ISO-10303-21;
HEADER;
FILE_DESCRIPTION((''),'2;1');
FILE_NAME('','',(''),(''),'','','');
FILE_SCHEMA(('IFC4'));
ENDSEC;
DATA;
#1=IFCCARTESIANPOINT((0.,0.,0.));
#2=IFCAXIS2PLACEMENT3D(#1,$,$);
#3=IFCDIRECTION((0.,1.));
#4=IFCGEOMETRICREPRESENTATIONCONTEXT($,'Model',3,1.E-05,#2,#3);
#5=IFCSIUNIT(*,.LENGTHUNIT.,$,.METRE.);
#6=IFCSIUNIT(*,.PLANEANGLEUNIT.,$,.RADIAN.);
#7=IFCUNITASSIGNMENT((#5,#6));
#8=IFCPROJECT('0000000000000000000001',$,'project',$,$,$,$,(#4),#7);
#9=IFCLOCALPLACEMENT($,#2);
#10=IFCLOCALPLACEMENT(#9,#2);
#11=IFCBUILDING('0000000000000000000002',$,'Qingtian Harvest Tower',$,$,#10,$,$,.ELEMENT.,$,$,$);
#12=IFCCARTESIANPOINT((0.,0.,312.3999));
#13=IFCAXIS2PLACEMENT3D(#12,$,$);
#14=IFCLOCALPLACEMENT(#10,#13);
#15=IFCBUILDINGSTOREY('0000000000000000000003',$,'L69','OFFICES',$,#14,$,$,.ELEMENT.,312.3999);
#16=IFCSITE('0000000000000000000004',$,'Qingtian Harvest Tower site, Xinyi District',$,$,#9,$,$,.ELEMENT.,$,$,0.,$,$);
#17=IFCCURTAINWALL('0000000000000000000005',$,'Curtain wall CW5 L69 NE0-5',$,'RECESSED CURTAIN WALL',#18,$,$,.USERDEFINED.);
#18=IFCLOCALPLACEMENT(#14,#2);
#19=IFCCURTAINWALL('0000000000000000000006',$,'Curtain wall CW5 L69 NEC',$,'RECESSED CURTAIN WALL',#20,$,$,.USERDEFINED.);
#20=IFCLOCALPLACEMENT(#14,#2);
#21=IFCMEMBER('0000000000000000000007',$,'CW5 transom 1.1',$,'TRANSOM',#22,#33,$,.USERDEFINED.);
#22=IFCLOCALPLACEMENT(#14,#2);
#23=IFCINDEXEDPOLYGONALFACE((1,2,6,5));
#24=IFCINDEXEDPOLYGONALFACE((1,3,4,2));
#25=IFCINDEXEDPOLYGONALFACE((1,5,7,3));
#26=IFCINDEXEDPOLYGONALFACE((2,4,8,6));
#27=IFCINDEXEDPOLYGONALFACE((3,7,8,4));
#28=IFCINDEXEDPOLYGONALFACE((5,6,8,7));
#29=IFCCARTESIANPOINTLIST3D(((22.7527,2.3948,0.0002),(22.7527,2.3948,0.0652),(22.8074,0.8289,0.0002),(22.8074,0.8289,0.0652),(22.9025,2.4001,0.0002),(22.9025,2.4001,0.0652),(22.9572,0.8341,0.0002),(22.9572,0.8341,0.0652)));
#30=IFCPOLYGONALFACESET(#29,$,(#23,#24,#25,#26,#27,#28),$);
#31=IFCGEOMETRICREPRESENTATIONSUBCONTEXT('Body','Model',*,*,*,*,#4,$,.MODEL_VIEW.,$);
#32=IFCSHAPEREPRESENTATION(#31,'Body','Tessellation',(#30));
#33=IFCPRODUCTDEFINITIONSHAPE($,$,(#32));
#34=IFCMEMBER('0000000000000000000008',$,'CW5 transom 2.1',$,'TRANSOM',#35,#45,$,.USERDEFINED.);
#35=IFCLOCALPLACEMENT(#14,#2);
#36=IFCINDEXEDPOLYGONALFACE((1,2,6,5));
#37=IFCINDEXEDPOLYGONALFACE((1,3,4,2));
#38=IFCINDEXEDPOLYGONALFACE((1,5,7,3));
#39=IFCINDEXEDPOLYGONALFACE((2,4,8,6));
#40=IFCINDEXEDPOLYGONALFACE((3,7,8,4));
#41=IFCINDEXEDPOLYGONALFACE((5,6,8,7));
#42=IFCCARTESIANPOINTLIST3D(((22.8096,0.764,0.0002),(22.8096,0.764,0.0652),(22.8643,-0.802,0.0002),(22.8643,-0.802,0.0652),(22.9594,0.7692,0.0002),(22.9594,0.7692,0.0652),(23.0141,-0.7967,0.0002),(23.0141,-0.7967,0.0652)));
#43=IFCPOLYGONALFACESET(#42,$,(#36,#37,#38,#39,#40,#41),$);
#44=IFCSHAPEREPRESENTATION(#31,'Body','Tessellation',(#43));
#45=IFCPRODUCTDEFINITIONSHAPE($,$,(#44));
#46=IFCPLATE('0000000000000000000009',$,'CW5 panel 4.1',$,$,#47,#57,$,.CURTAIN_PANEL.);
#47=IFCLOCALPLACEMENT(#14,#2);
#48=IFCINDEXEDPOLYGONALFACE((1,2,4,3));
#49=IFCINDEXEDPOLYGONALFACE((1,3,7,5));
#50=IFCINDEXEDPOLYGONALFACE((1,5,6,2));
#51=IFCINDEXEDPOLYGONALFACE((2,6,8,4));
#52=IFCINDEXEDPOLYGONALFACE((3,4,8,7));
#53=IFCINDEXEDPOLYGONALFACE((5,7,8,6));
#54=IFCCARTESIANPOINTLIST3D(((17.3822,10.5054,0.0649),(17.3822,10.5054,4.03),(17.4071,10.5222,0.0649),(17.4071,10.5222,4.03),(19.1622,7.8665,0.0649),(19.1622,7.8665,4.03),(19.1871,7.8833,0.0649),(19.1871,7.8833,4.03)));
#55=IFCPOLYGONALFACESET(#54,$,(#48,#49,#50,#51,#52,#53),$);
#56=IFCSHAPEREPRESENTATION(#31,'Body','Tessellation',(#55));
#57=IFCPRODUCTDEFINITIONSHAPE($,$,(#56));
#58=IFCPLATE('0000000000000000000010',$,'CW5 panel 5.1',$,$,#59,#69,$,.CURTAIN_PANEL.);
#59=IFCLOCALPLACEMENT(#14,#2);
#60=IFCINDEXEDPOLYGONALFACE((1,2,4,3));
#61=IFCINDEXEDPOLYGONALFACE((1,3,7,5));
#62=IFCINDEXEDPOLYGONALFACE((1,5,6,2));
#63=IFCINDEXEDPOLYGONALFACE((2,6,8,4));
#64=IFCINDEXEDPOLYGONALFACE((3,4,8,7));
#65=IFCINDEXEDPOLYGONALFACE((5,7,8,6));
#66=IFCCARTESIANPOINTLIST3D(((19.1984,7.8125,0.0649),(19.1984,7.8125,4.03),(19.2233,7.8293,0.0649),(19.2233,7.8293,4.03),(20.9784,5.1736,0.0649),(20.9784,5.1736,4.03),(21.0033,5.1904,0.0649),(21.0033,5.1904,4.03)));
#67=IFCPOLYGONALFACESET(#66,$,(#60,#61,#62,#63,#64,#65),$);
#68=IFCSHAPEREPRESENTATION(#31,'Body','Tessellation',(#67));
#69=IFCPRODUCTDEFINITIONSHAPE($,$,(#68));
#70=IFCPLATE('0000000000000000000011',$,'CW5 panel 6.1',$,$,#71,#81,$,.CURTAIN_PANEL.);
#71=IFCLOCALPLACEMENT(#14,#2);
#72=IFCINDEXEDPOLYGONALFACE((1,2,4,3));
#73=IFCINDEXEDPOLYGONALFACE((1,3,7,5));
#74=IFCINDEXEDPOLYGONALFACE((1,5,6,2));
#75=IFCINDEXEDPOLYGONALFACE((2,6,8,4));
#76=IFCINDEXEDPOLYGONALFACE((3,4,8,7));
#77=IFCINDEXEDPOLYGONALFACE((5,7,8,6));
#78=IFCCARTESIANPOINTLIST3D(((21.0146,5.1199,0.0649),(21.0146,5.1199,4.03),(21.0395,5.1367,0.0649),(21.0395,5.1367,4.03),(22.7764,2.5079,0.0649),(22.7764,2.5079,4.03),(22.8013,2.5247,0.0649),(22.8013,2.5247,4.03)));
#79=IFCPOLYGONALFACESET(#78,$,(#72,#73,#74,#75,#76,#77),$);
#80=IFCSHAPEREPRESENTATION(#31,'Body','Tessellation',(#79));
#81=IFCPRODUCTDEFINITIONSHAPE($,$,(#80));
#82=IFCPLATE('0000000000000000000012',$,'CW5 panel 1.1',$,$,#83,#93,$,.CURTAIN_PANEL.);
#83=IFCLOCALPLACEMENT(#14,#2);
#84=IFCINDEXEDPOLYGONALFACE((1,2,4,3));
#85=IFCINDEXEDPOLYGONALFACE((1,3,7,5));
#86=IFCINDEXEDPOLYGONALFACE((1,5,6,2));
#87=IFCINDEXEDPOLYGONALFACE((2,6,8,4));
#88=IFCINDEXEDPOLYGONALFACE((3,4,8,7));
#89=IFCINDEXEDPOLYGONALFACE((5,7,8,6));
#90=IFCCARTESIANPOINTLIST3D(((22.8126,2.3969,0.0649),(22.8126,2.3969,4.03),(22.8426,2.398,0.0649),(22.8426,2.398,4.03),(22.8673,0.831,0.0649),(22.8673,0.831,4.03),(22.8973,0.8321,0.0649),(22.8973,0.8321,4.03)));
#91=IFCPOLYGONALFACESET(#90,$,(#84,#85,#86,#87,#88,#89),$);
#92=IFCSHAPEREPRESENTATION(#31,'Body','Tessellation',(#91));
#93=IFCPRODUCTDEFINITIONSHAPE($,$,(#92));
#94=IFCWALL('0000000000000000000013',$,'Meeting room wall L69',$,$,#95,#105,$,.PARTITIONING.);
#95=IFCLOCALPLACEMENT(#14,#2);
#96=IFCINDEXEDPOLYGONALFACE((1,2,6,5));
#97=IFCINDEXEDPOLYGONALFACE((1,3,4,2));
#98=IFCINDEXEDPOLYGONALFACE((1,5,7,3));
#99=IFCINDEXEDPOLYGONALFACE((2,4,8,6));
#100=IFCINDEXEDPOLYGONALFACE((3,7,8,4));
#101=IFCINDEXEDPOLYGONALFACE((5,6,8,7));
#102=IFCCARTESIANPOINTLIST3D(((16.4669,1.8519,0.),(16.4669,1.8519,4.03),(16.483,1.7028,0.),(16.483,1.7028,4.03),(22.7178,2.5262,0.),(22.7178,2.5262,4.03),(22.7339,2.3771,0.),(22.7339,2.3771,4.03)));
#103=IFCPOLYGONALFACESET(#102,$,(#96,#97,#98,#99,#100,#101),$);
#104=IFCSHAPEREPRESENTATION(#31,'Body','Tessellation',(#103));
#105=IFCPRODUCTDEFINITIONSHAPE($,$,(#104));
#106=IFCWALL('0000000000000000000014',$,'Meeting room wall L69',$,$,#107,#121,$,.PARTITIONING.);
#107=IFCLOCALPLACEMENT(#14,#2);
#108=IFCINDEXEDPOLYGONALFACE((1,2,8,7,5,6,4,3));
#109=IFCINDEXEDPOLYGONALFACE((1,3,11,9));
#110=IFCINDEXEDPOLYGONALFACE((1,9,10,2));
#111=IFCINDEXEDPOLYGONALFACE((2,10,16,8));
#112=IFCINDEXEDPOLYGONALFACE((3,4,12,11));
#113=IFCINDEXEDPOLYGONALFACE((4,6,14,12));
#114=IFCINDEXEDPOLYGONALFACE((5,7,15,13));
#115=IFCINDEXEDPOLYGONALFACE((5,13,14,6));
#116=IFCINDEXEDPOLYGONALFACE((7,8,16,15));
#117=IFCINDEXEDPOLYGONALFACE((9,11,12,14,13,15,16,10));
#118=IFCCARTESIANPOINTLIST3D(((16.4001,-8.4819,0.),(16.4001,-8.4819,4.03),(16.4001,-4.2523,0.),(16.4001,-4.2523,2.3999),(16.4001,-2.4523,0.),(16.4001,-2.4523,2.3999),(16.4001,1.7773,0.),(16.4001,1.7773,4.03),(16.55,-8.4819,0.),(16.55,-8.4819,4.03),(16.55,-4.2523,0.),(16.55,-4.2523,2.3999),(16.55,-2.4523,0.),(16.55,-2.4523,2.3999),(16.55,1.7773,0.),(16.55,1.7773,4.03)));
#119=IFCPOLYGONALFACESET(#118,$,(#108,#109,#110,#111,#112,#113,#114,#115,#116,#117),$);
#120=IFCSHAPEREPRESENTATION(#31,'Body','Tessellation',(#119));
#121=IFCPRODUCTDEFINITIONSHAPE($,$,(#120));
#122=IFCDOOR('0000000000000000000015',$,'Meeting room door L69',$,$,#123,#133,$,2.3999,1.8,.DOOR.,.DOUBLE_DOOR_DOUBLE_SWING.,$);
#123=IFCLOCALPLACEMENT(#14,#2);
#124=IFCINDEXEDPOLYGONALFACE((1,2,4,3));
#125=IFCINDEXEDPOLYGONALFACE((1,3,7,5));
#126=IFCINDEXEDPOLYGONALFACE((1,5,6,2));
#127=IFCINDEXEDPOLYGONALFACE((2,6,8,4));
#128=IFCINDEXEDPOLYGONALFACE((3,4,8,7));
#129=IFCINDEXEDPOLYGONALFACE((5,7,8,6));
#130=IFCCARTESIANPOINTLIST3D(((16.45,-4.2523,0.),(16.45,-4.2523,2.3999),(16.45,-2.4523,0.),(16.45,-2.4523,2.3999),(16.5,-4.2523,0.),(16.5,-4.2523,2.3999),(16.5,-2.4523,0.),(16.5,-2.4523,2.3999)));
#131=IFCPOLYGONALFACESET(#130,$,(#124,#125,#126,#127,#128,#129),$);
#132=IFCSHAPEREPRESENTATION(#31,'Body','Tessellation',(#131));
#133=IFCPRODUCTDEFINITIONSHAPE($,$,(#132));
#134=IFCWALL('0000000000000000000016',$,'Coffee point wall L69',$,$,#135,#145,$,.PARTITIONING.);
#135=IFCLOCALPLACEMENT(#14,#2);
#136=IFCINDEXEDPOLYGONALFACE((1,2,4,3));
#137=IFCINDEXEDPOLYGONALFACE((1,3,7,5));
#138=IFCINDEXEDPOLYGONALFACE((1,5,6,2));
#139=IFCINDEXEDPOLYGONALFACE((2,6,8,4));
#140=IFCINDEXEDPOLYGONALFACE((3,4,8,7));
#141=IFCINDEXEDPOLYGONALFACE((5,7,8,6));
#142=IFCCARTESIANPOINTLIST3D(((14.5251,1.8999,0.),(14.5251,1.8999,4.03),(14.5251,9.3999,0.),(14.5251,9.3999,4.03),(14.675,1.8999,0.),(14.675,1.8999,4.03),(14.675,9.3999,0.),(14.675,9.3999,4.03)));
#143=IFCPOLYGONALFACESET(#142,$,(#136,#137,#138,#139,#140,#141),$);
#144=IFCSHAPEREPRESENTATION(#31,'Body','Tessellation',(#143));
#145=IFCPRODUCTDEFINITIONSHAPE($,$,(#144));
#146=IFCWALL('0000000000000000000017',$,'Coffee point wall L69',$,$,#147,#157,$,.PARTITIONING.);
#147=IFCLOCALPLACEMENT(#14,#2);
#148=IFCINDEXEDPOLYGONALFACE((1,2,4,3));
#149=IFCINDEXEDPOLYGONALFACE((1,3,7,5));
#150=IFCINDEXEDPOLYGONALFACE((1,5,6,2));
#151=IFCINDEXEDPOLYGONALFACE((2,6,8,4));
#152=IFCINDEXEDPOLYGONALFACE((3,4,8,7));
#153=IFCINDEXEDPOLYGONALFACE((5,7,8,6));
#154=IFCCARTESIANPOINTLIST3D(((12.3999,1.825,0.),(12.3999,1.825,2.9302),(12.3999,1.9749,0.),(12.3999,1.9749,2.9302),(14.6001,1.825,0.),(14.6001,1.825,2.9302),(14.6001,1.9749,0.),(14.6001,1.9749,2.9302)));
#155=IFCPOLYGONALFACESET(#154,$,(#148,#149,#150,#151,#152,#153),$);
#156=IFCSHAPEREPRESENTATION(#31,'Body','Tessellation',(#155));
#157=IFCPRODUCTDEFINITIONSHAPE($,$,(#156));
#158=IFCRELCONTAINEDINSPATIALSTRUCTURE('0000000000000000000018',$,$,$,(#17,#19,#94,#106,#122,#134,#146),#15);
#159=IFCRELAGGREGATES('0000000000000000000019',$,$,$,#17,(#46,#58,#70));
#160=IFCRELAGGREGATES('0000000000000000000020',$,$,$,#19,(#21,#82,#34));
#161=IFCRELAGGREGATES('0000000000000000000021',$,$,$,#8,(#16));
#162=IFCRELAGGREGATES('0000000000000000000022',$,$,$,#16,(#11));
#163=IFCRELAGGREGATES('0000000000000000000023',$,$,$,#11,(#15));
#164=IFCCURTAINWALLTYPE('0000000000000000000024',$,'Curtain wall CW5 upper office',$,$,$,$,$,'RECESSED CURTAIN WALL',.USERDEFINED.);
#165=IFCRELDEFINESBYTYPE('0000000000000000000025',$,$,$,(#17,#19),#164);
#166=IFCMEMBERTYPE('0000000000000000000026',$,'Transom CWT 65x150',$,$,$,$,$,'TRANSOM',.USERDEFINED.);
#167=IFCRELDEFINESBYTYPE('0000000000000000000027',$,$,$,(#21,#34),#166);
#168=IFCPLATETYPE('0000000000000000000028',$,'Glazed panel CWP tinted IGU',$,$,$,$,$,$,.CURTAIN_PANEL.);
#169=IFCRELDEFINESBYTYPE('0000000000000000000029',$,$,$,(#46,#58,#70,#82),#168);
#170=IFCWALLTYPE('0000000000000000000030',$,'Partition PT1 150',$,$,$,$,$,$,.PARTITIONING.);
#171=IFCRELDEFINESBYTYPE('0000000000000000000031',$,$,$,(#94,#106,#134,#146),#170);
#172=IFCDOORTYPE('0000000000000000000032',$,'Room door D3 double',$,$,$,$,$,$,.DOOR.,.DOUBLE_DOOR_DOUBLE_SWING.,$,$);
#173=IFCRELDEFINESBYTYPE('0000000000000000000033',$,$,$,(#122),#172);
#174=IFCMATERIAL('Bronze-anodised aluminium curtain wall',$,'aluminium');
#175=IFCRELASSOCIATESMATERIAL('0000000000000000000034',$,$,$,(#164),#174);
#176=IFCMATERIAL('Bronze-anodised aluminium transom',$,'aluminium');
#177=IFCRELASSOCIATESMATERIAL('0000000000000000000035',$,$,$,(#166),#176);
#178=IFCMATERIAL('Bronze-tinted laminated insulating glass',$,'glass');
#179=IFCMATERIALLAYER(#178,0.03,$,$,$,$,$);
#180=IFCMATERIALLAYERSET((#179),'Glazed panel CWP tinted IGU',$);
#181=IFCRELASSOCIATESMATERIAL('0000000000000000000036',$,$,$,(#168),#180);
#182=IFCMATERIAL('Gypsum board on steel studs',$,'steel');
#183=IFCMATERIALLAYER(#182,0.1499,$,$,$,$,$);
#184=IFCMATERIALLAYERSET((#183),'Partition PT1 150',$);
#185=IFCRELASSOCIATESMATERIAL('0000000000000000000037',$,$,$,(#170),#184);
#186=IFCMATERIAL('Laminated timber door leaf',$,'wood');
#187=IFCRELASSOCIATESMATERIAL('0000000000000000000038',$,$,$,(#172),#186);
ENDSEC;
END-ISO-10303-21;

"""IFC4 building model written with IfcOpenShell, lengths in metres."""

from ifc_helpers import new_model, si_unit, direction, frame, frame_2d, origin, origin_2d, place, context, subcontext, project, spatial, rectangle, extrude, material, layer, layer_set, material_profile, profile_set, type_object, element, fill, aggregate, save


model = new_model("IFC4")

# Units and contexts
model_context = context("Model", 3, precision=1e-05, world=origin(), true_north=direction((0.0, 1.0)))
body_context = subcontext(model_context, "Body", "Model", "MODEL_VIEW")
ifc_project = project(units=[si_unit("LENGTHUNIT", "METRE"), si_unit("PLANEANGLEUNIT", "RADIAN")], contexts=[model_context])

# Site, building, storey
site_placement = place(None, origin())
site = spatial("IfcSite", under=ifc_project, at=site_placement, Name="Qingtian Harvest Tower site, Xinyi District", CompositionType="ELEMENT", RefElevation=0.0)
building_placement = place(site_placement, origin())
building = spatial("IfcBuilding", under=site, at=building_placement, Name="Qingtian Harvest Tower", CompositionType="ELEMENT")
storey_placement = place(building_placement, frame((0.0, 0.0, 312.3999)))
storey = spatial("IfcBuildingStorey", under=building, at=storey_placement, Name="L69", Description="OFFICES", CompositionType="ELEMENT", Elevation=312.3999)

# Curtain walls
ifc_material_1 = material(Name="Bronze-anodised aluminium curtain wall", Category="aluminium")
curtain_wall_type = type_object("IfcCurtainWallType", Name="Curtain wall CW5 upper office", ElementType="RECESSED CURTAIN WALL", PredefinedType="USERDEFINED", material=ifc_material_1)
curtain_wall_1_placement = place(storey_placement, origin())
curtain_wall_1 = element("IfcCurtainWall", 1, at=curtain_wall_1_placement, inside=storey, type_object=curtain_wall_type, Name="Curtain wall CW5 L69 NE0-5", ObjectType="RECESSED CURTAIN WALL", PredefinedType="USERDEFINED")
curtain_wall_2_placement = place(storey_placement, origin())
curtain_wall_2 = element("IfcCurtainWall", 2, at=curtain_wall_2_placement, inside=storey, type_object=curtain_wall_type, Name="Curtain wall CW5 L69 NEC", ObjectType="RECESSED CURTAIN WALL", PredefinedType="USERDEFINED")

# Members
ifc_material_2 = material(Name="Bronze-anodised aluminium transom", Category="aluminium")
ifc_material_profile_1 = material_profile(ifc_material_2, rectangle(XDim=0.1499, YDim=0.0649, at=origin_2d()), Name="AL 65x150")
ifc_profile_set_1 = profile_set([ifc_material_profile_1], Name="Bronze-anodised aluminium transom")
member_type_1 = type_object("IfcMemberType", Name="Transom CWT 65x150", ElementType="TRANSOM", PredefinedType="USERDEFINED", material=ifc_profile_set_1)
member_1_placement = place(storey_placement, frame((22.8276, 2.3975, 0.0327), z_axis=(0.034902, -0.999391, 0.0), x_axis=(0.999391, 0.034902, 0.0)))
member_1 = element("IfcMember", 3, at=member_1_placement, type_object=member_type_1, Name="CW5 transom 1.1", ObjectType="TRANSOM", PredefinedType="USERDEFINED", context=body_context, shape_type="SweptSolid", body=[
    extrude(rectangle(XDim=0.1499, YDim=0.0649, at=origin_2d()), origin(), (0.0, 0.0, 1.0), 1.5669),
])
member_2_placement = place(storey_placement, frame((22.8845, 0.7666, 0.0327), z_axis=(0.034902, -0.999391, 0.0), x_axis=(0.999391, 0.034902, 0.0)))
member_2 = element("IfcMember", 4, at=member_2_placement, type_object=member_type_1, Name="CW5 transom 2.1", ObjectType="TRANSOM", PredefinedType="USERDEFINED", context=body_context, shape_type="SweptSolid", body=[
    extrude(rectangle(XDim=0.1499, YDim=0.0649, at=origin_2d()), origin(), (0.0, 0.0, 1.0), 1.5669),
])

# Plates
ifc_material_3 = material(Name="Bronze-tinted laminated insulating glass", Category="glass")
ifc_layer_1 = layer(ifc_material_3, 0.03)
ifc_layer_set_1 = layer_set([ifc_layer_1], Name="Glazed panel CWP tinted IGU")
plate_type = type_object("IfcPlateType", Name="Glazed panel CWP tinted IGU", PredefinedType="CURTAIN_PANEL", material=ifc_layer_set_1)
plate_1_placement = place(storey_placement, frame((18.2847, 9.1943, 0.0649), z_axis=(0.0, 0.0, 1.0), x_axis=(0.559193, -0.829038, 0.0)))
plate_1 = element("IfcPlate", 5, at=plate_1_placement, type_object=plate_type, Name="CW5 panel 4.1", PredefinedType="CURTAIN_PANEL", context=body_context, shape_type="SweptSolid", body=[
    extrude(rectangle(XDim=3.1831, YDim=0.03, at=origin_2d()), origin(), (0.0, 0.0, 1.0), 3.9651),
])
plate_2_placement = place(storey_placement, frame((20.1008, 6.5015, 0.0649), z_axis=(0.0, 0.0, 1.0), x_axis=(0.559193, -0.829038, 0.0)))
plate_2 = element("IfcPlate", 6, at=plate_2_placement, type_object=plate_type, Name="CW5 panel 5.1", PredefinedType="CURTAIN_PANEL", context=body_context, shape_type="SweptSolid", body=[
    extrude(rectangle(XDim=3.1831, YDim=0.03, at=origin_2d()), origin(), (0.0, 0.0, 1.0), 3.9651),
])
plate_3_placement = place(storey_placement, frame((21.908, 3.8223, 0.0649), z_axis=(0.0, 0.0, 1.0), x_axis=(0.559193, -0.829038, 0.0)))
plate_3 = element("IfcPlate", 7, at=plate_3_placement, type_object=plate_type, Name="CW5 panel 6.1", PredefinedType="CURTAIN_PANEL", context=body_context, shape_type="SweptSolid", body=[
    extrude(rectangle(XDim=3.1506, YDim=0.03, at=origin_2d()), origin(), (0.0, 0.0, 1.0), 3.9651),
])
aggregate(curtain_wall_1, [plate_1, plate_2, plate_3])
plate_4_placement = place(storey_placement, frame((22.855, 1.6145, 0.0649), z_axis=(0.0, 0.0, 1.0), x_axis=(0.034899, -0.999391, 0.0)))
plate_4 = element("IfcPlate", 8, at=plate_4_placement, type_object=plate_type, Name="CW5 panel 1.1", PredefinedType="CURTAIN_PANEL", context=body_context, shape_type="SweptSolid", body=[
    extrude(rectangle(XDim=1.5669, YDim=0.03, at=origin_2d()), origin(), (0.0, 0.0, 1.0), 3.9651),
])
aggregate(curtain_wall_2, [member_1, plate_4, member_2])

# Wall
ifc_material_4 = material(Name="Gypsum board on steel studs", Category="steel")
ifc_layer_2 = layer(ifc_material_4, 0.1499)
ifc_layer_set_2 = layer_set([ifc_layer_2], Name="Partition PT1 150")
wall_type = type_object("IfcWallType", Name="Partition PT1 150", PredefinedType="PARTITIONING", material=ifc_layer_set_2)
wall_1_placement = place(storey_placement, frame((22.7258, 2.4517, 0.0), z_axis=(0.0, 0.0, 1.0), x_axis=(-0.994231, -0.107256, 0.0)))
element("IfcWall", 9, at=wall_1_placement, inside=storey, type_object=wall_type, Name="Meeting room wall L69", PredefinedType="PARTITIONING", context=body_context, shape_type="SweptSolid", body=[
    extrude(rectangle(XDim=6.2871, YDim=0.1499, at=frame_2d((3.1436, 0.0))), origin(), (0.0, 0.0, 1.0), 4.03),
])

# Wall, opening, door
wall_2_placement = place(storey_placement, frame((16.4751, 1.7773, 0.0), z_axis=(0.0, 0.0, 1.0), x_axis=(0.0, -1.0, 0.0)))
wall_2 = element("IfcWall", 10, at=wall_2_placement, inside=storey, type_object=wall_type, Name="Meeting room wall L69", PredefinedType="PARTITIONING", context=body_context, shape_type="SweptSolid", body=[
    extrude(rectangle(XDim=10.2593, YDim=0.1499, at=frame_2d((5.1296, 0.0))), origin(), (0.0, 0.0, 1.0), 4.03),
])
opening_placement = place(wall_2_placement, frame((4.2297, 0.0, 0.0)))
opening = element("IfcOpeningElement", 11, at=opening_placement, cuts=wall_2, PredefinedType="OPENING", context=body_context, shape_type="SweptSolid", body=[
    extrude(rectangle(XDim=1.8, YDim=2.3999, at=frame_2d((0.8999, 1.2))), frame((0.0, 0.085, 0.0), z_axis=(0.0, -1.0, 0.0), x_axis=(1.0, 0.0, 0.0)), (0.0, 0.0, 1.0), 0.1699),
])
ifc_material_5 = material(Name="Laminated timber door leaf", Category="wood")
door_type = type_object("IfcDoorType", Name="Room door D3 double", OperationType="DOUBLE_DOOR_DOUBLE_SWING", PredefinedType="DOOR", material=ifc_material_5)
door_placement = place(opening_placement, origin())
door = element("IfcDoor", 12, at=door_placement, inside=storey, type_object=door_type, Name="Meeting room door L69", OperationType="DOUBLE_DOOR_DOUBLE_SWING", OverallHeight=2.3999, OverallWidth=1.8, PredefinedType="DOOR", context=body_context, shape_type="SweptSolid", body=[
    extrude(rectangle(XDim=1.8, YDim=2.3999, at=frame_2d((0.8999, 1.2))), frame((0.0, 0.0249, 0.0), z_axis=(0.0, -1.0, 0.0), x_axis=(1.0, 0.0, 0.0)), (0.0, 0.0, 1.0), 0.05),
])
fill(opening, door)

# Walls
wall_3_placement = place(storey_placement, frame((14.6001, 1.8999, 0.0), z_axis=(0.0, 0.0, 1.0), x_axis=(0.0, 1.0, 0.0)))
element("IfcWall", 13, at=wall_3_placement, inside=storey, type_object=wall_type, Name="Coffee point wall L69", PredefinedType="PARTITIONING", context=body_context, shape_type="SweptSolid", body=[
    extrude(rectangle(XDim=7.5, YDim=0.1499, at=frame_2d((3.75, 0.0))), origin(), (0.0, 0.0, 1.0), 4.03),
])
wall_4_placement = place(storey_placement, frame((12.3999, 1.8999, 0.0), z_axis=(0.0, 0.0, 1.0), x_axis=(1.0, 0.0, 0.0)))
element("IfcWall", 14, at=wall_4_placement, inside=storey, type_object=wall_type, Name="Coffee point wall L69", PredefinedType="PARTITIONING", context=body_context, shape_type="SweptSolid", body=[
    extrude(rectangle(XDim=2.2002, YDim=0.1499, at=frame_2d((1.1001, 0.0))), origin(), (0.0, 0.0, 1.0), 2.9302),
])

save(model, "model.ifc")
